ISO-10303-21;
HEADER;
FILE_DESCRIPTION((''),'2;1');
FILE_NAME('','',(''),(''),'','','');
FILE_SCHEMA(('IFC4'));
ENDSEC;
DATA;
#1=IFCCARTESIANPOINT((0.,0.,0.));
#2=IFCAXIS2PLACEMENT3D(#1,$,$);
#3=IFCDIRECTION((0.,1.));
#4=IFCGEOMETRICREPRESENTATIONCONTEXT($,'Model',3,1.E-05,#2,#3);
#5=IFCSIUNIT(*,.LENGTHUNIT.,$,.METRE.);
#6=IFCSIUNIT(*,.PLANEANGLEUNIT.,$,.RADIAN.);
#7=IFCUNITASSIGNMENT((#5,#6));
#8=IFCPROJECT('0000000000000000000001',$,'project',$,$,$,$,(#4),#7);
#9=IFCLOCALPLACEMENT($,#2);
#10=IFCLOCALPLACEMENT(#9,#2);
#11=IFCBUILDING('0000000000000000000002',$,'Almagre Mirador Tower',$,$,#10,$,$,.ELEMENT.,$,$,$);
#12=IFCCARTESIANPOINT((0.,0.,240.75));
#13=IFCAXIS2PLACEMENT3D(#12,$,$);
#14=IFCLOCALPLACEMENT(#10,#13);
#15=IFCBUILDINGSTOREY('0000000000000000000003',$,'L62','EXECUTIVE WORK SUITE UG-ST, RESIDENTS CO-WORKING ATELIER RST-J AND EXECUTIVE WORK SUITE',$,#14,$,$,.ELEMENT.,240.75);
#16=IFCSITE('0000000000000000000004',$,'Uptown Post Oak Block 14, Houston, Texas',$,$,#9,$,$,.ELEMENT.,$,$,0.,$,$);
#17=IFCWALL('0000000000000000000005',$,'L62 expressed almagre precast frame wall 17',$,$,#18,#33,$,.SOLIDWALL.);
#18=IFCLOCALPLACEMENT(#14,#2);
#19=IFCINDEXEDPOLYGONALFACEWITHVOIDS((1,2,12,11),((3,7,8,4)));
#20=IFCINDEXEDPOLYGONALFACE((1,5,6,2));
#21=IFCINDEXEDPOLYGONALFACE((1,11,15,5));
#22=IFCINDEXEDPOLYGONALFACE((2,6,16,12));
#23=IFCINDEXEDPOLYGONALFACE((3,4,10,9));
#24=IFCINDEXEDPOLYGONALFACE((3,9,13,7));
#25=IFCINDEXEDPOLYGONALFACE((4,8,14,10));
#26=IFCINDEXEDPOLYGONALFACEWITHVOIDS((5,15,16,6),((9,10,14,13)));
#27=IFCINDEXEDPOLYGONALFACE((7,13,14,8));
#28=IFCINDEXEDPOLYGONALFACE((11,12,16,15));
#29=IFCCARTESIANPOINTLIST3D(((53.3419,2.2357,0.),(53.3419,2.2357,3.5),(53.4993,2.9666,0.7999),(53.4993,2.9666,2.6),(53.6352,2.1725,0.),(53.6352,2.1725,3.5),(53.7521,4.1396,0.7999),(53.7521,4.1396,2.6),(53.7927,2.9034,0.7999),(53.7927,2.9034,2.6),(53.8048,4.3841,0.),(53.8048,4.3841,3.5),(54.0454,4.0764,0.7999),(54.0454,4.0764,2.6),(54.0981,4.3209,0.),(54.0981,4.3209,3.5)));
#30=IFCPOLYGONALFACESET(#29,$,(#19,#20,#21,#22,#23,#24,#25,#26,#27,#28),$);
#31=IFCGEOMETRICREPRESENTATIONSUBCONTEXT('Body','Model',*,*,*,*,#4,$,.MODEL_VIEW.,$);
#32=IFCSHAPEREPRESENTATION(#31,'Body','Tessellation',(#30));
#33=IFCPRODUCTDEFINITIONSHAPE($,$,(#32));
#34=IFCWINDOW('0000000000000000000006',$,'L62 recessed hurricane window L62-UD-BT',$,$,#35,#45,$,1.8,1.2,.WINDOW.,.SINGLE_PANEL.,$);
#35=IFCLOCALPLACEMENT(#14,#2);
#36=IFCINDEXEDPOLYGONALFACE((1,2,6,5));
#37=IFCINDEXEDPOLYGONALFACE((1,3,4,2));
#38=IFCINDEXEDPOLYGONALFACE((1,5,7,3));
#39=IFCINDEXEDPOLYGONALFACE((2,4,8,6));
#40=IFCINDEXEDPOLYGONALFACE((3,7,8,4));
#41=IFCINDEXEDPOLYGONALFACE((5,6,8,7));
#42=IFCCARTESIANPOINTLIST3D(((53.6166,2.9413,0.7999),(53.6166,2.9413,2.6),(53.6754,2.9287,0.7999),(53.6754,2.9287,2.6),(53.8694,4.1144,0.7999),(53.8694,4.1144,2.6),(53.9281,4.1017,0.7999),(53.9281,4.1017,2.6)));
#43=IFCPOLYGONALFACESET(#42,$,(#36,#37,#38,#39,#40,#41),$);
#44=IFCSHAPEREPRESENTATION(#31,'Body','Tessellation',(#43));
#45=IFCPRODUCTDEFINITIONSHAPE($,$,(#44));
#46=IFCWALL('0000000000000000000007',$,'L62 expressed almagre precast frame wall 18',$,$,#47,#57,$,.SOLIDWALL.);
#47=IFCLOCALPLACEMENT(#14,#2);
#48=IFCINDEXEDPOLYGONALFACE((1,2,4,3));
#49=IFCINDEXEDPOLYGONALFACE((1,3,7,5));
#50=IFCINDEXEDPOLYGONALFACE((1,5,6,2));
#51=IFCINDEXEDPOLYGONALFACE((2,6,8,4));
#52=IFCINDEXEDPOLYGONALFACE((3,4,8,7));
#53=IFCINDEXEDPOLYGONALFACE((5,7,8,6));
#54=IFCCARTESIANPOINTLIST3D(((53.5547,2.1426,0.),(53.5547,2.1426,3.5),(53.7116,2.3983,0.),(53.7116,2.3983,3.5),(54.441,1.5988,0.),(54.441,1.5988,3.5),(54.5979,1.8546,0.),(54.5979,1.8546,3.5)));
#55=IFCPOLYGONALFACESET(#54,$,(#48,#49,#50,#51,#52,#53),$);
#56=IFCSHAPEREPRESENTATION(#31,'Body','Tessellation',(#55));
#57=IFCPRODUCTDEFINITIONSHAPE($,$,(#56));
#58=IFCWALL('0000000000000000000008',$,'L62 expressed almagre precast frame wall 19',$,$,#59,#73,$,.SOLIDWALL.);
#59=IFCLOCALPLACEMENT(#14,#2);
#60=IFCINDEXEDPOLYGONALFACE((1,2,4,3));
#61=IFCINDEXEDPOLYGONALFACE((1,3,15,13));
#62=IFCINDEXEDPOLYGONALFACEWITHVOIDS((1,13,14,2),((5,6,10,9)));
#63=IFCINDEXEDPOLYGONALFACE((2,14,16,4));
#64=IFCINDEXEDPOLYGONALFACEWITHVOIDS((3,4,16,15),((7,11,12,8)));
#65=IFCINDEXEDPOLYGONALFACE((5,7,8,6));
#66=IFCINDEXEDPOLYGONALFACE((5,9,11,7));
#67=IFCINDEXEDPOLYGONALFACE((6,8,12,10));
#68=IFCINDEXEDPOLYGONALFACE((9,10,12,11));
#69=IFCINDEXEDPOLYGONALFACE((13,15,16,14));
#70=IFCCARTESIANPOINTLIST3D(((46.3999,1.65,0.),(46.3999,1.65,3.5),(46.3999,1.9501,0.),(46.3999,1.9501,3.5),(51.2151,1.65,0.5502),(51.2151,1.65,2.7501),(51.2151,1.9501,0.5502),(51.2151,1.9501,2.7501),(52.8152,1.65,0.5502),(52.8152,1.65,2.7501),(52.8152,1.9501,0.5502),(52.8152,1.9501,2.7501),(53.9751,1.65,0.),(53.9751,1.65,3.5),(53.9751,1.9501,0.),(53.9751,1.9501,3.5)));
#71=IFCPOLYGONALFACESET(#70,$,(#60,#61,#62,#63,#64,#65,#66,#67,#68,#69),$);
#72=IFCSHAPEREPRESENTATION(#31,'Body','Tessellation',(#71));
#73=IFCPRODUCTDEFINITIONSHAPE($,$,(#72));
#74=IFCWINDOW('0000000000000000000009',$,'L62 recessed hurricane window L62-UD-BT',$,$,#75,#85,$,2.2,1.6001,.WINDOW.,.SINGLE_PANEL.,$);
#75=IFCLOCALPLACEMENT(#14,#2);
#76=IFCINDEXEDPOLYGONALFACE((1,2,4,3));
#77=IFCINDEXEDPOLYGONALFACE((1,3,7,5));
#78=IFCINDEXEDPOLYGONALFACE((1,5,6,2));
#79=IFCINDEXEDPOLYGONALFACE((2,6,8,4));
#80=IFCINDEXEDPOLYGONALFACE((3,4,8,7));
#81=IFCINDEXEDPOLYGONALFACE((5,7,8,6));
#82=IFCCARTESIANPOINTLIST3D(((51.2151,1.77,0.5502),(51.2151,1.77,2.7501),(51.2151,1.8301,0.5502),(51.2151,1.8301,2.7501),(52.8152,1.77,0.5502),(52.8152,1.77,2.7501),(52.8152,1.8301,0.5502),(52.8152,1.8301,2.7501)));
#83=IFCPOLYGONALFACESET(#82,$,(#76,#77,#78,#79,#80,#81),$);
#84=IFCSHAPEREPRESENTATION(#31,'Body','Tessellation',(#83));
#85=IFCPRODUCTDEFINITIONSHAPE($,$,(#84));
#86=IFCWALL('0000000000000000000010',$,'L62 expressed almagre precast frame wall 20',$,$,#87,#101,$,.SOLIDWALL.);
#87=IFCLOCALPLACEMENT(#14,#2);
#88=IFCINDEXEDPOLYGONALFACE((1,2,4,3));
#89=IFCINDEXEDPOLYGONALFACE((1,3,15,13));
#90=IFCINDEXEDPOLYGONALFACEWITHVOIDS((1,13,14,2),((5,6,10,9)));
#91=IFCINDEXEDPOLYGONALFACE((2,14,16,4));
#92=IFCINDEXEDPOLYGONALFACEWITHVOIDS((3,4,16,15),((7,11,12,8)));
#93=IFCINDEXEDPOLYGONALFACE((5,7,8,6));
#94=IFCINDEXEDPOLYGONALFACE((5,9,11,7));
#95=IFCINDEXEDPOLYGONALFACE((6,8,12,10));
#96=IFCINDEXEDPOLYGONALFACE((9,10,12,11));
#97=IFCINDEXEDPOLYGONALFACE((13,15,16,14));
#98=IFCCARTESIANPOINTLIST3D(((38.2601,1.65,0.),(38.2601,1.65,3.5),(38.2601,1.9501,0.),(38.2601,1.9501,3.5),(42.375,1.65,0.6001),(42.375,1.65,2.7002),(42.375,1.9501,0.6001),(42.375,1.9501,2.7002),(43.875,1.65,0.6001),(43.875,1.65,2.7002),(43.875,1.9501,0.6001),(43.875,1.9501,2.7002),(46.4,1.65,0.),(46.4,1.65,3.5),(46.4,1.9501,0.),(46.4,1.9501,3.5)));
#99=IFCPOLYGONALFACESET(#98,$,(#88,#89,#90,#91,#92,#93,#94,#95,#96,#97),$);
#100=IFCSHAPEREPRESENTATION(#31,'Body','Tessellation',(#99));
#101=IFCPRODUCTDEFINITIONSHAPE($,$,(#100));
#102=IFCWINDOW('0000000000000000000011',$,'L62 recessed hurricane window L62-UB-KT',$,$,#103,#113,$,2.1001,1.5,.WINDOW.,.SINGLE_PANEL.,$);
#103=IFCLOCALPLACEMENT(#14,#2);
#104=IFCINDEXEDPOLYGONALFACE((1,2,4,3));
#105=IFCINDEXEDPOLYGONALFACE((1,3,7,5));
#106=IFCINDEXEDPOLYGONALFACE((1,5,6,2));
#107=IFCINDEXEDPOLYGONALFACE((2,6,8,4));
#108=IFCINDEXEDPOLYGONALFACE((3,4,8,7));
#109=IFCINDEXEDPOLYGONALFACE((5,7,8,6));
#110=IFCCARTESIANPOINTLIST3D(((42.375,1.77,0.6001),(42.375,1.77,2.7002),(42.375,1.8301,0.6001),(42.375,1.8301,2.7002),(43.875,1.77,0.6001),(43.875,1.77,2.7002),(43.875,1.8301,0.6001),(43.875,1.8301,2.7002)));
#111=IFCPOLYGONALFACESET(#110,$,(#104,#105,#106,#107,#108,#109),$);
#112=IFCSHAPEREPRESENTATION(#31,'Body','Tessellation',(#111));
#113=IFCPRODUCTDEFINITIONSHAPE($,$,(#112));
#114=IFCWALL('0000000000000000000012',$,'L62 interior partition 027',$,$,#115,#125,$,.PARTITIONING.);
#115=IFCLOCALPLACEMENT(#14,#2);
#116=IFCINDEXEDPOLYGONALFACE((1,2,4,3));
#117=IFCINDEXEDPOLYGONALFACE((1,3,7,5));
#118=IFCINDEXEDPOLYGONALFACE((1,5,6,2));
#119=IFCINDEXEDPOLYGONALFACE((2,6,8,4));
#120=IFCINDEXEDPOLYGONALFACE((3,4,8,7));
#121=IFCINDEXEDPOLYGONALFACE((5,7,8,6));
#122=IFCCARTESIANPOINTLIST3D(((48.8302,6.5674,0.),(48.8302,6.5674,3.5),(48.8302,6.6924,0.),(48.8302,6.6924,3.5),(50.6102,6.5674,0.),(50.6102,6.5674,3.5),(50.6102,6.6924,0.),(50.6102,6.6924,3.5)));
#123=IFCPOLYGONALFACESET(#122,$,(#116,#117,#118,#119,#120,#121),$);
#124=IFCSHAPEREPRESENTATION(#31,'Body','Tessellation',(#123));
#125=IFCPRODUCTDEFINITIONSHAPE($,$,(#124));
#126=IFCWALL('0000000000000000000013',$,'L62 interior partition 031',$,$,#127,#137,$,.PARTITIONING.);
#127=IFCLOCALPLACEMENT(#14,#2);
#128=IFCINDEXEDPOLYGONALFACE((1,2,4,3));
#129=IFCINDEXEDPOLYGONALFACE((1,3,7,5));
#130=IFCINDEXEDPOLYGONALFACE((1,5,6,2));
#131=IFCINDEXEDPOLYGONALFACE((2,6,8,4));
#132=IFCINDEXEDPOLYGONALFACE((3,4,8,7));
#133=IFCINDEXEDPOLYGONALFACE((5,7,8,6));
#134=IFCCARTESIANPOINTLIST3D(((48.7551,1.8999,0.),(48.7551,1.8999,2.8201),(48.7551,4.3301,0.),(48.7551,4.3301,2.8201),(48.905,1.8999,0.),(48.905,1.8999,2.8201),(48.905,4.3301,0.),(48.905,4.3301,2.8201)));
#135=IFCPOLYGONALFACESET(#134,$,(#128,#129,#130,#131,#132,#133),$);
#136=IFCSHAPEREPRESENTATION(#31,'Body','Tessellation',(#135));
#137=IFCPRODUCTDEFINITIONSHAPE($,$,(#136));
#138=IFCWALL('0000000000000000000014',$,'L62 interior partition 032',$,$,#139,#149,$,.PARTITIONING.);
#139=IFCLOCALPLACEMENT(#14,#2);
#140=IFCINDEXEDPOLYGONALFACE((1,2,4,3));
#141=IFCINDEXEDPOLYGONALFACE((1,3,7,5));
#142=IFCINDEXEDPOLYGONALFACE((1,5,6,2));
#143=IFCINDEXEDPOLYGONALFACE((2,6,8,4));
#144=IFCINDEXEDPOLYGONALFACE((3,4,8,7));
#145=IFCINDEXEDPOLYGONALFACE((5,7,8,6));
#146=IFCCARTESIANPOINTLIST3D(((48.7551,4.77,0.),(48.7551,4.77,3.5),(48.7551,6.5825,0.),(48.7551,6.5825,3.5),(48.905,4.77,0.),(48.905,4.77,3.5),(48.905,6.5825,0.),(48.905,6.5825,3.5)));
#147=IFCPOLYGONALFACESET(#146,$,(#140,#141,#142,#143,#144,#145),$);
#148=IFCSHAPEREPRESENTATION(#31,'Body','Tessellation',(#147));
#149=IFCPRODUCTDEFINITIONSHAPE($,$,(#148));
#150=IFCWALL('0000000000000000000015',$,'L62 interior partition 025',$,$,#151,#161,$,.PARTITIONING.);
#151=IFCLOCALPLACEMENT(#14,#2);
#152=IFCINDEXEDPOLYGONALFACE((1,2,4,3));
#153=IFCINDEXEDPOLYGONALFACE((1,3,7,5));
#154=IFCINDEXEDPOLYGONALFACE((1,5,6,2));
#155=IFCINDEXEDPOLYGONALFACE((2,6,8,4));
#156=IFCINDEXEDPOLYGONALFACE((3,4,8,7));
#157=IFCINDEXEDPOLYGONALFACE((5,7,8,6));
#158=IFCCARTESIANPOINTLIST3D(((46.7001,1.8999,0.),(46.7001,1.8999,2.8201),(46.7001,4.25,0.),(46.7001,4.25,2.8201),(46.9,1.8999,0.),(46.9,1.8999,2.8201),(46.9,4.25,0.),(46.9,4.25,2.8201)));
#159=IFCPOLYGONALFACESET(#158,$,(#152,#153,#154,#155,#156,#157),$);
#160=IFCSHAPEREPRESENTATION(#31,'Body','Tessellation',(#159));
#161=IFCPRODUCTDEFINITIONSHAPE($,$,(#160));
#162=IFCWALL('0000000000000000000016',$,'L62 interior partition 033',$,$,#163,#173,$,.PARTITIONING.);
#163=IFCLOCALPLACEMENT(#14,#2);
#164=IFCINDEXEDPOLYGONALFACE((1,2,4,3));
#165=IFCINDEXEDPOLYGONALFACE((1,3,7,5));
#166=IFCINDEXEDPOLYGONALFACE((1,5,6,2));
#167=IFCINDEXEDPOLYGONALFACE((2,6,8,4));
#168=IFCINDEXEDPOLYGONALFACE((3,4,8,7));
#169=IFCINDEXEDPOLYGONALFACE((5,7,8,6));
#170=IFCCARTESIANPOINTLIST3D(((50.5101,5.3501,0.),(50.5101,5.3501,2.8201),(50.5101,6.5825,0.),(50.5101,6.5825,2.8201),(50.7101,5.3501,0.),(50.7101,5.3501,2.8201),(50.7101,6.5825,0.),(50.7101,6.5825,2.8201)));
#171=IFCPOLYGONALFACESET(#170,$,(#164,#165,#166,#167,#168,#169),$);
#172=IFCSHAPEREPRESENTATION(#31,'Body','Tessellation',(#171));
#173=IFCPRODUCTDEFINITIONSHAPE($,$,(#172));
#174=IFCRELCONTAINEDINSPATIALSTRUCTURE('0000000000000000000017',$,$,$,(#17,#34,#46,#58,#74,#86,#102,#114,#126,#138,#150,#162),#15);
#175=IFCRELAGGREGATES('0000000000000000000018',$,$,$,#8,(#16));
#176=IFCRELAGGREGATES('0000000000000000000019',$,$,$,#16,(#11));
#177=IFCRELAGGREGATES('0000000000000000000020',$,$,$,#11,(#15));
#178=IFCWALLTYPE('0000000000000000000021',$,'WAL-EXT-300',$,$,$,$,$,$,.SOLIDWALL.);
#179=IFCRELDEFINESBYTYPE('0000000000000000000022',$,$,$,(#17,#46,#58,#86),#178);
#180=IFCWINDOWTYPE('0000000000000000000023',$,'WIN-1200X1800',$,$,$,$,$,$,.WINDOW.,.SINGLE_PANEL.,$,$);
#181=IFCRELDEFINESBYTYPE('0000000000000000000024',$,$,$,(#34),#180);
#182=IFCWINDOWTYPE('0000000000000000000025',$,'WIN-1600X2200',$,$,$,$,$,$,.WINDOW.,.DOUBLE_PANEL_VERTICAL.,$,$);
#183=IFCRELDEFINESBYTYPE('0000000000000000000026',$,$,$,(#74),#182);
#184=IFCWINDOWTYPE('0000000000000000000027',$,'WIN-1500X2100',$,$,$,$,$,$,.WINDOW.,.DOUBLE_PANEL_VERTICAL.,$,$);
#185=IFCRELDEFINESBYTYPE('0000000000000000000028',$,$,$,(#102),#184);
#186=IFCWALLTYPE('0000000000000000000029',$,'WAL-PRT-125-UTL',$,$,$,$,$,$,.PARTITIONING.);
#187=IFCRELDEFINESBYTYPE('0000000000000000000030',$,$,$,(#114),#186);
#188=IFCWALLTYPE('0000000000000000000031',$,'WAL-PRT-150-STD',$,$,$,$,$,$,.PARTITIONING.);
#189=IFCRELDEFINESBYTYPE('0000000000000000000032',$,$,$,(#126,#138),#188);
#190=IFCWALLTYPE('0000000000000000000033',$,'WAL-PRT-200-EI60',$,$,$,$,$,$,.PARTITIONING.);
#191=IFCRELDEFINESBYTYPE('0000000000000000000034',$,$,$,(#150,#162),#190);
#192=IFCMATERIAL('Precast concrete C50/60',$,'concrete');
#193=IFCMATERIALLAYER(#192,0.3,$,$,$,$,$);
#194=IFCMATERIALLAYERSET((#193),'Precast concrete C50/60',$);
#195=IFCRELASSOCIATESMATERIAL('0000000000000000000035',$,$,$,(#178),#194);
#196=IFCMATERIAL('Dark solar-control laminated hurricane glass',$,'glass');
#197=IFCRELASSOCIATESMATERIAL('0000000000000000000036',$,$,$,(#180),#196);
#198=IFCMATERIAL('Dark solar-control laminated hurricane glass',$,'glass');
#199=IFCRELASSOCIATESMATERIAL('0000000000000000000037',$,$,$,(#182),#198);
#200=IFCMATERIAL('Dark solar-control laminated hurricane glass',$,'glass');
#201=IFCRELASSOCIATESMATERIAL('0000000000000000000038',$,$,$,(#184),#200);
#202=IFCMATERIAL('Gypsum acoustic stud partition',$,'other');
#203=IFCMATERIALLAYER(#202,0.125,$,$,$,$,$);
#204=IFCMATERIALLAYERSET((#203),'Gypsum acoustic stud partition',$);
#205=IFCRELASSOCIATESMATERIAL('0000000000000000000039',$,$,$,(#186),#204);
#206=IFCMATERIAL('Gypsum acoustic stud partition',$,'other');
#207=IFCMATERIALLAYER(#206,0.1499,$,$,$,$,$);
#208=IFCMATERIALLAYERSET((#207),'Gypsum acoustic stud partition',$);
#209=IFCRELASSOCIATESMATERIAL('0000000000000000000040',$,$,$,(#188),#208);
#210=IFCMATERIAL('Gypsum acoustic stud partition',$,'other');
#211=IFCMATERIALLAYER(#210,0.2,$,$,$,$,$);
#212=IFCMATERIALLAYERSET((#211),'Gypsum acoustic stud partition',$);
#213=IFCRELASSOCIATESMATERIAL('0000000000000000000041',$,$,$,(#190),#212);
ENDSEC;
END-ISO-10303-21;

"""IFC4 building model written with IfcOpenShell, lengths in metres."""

from ifc_helpers import new_model, si_unit, direction, frame, frame_2d, origin, place, context, subcontext, project, spatial, rectangle, extrude, material, layer, layer_set, type_object, element, fill, save


model = new_model("IFC4")

# Units and contexts
model_context = context("Model", 3, precision=1e-05, world=origin(), true_north=direction((0.0, 1.0)))
body_context = subcontext(model_context, "Body", "Model", "MODEL_VIEW")
ifc_project = project(units=[si_unit("LENGTHUNIT", "METRE"), si_unit("PLANEANGLEUNIT", "RADIAN")], contexts=[model_context])

# Site, building, storey
site_placement = place(None, origin())
site = spatial("IfcSite", under=ifc_project, at=site_placement, Name="Uptown Post Oak Block 14, Houston, Texas", CompositionType="ELEMENT", RefElevation=0.0)
building_placement = place(site_placement, origin())
building = spatial("IfcBuilding", under=site, at=building_placement, Name="Almagre Mirador Tower", CompositionType="ELEMENT")
storey_placement = place(building_placement, frame((0.0, 0.0, 240.75)))
storey = spatial("IfcBuildingStorey", under=building, at=storey_placement, Name="L62", Description="EXECUTIVE WORK SUITE UG-ST, RESIDENTS CO-WORKING ATELIER RST-J AND EXECUTIVE WORK SUITE", CompositionType="ELEMENT", Elevation=240.75)

# Shared definitions
ifc_material_1 = material(Name="Precast concrete C50/60", Category="concrete")
ifc_layer_1 = layer(ifc_material_1, 0.3)
ifc_layer_set_1 = layer_set([ifc_layer_1], Name="Precast concrete C50/60")
wall_type_1 = type_object("IfcWallType", Name="WAL-EXT-300", PredefinedType="SOLIDWALL", material=ifc_layer_set_1)

# Wall, opening, window
ifc_material_2 = material(Name="Dark solar-control laminated hurricane glass", Category="glass")
window_type_1 = type_object("IfcWindowType", Name="WIN-1200X1800", PartitioningType="SINGLE_PANEL", PredefinedType="WINDOW", material=ifc_material_2)
wall_1_placement = place(storey_placement, frame((53.9514, 4.3525, 0.0), z_axis=(0.0, 0.0, 1.0), x_axis=(-0.210621, -0.977568, 0.0)))
wall_1 = element("IfcWall", 1, at=wall_1_placement, inside=storey, type_object=wall_type_1, Name="L62 expressed almagre precast frame wall 17", PredefinedType="SOLIDWALL", context=body_context, shape_type="SweptSolid", body=[
    extrude(rectangle(XDim=2.1978, YDim=0.3, at=frame_2d((1.0989, 0.0))), origin(), (0.0, 0.0, 1.0), 3.5),
])
opening_1_placement = place(wall_1_placement, frame((0.25, 0.0, 0.8)))
opening_1 = element("IfcOpeningElement", 2, at=opening_1_placement, cuts=wall_1, PredefinedType="OPENING", context=body_context, shape_type="SweptSolid", body=[
    extrude(rectangle(XDim=1.2, YDim=1.8, at=frame_2d((0.6001, 0.8999))), frame((0.0, 0.1599, 0.0), z_axis=(0.0, -1.0, 0.0), x_axis=(1.0, 0.0, 0.0)), (0.0, 0.0, 1.0), 0.32),
])
window_1_placement = place(opening_1_placement, origin())
window_1 = element("IfcWindow", 3, at=window_1_placement, inside=storey, type_object=window_type_1, Name="L62 recessed hurricane window L62-UD-BT", OverallHeight=1.8, OverallWidth=1.2, PartitioningType="SINGLE_PANEL", PredefinedType="WINDOW", context=body_context, shape_type="SweptSolid", body=[
    extrude(rectangle(XDim=1.2, YDim=1.8, at=frame_2d((0.6001, 0.8999))), frame((0.0, 0.03, 0.0), z_axis=(0.0, -1.0, 0.0), x_axis=(1.0, 0.0, 0.0)), (0.0, 0.0, 1.0), 0.0601),
])
fill(opening_1, window_1)

# Wall
wall_2_placement = place(storey_placement, frame((53.6331, 2.2705, 0.0), z_axis=(0.0, 0.0, 1.0), x_axis=(0.852375, -0.522931, 0.0)))
element("IfcWall", 4, at=wall_2_placement, inside=storey, type_object=wall_type_1, Name="L62 expressed almagre precast frame wall 18", PredefinedType="SOLIDWALL", context=body_context, shape_type="SweptSolid", body=[
    extrude(rectangle(XDim=1.0398, YDim=0.3, at=frame_2d((0.52, 0.0))), origin(), (0.0, 0.0, 1.0), 3.5),
])

# Walls, openings, windows
wall_3_placement = place(storey_placement, frame((53.9751, 1.8, 0.0), z_axis=(0.0, 0.0, 1.0), x_axis=(-1.0, 0.0, 0.0)))
wall_3 = element("IfcWall", 5, at=wall_3_placement, inside=storey, type_object=wall_type_1, Name="L62 expressed almagre precast frame wall 19", PredefinedType="SOLIDWALL", context=body_context, shape_type="SweptSolid", body=[
    extrude(rectangle(XDim=7.5752, YDim=0.3, at=frame_2d((3.7876, 0.0))), origin(), (0.0, 0.0, 1.0), 3.5),
])
opening_2_placement = place(wall_3_placement, frame((1.1599, 0.0, 0.55)))
opening_2 = element("IfcOpeningElement", 6, at=opening_2_placement, cuts=wall_3, PredefinedType="OPENING", context=body_context, shape_type="SweptSolid", body=[
    extrude(rectangle(XDim=1.6001, YDim=2.2, at=frame_2d((0.8, 1.1001))), frame((0.0, 0.1599, 0.0), z_axis=(0.0, -1.0, 0.0), x_axis=(1.0, 0.0, 0.0)), (0.0, 0.0, 1.0), 0.32),
])
ifc_material_3 = material(Name="Dark solar-control laminated hurricane glass", Category="glass")
window_type_2 = type_object("IfcWindowType", Name="WIN-1600X2200", PartitioningType="DOUBLE_PANEL_VERTICAL", PredefinedType="WINDOW", material=ifc_material_3)
window_2_placement = place(opening_2_placement, origin())
window_2 = element("IfcWindow", 7, at=window_2_placement, inside=storey, type_object=window_type_2, Name="L62 recessed hurricane window L62-UD-BT", OverallHeight=2.2, OverallWidth=1.6001, PartitioningType="SINGLE_PANEL", PredefinedType="WINDOW", context=body_context, shape_type="SweptSolid", body=[
    extrude(rectangle(XDim=1.6001, YDim=2.2, at=frame_2d((0.8, 1.1001))), frame((0.0, 0.03, 0.0), z_axis=(0.0, -1.0, 0.0), x_axis=(1.0, 0.0, 0.0)), (0.0, 0.0, 1.0), 0.0601),
])
fill(opening_2, window_2)
wall_4_placement = place(storey_placement, frame((46.3999, 1.8, 0.0), z_axis=(0.0, 0.0, 1.0), x_axis=(-1.0, 0.0, 0.0)))
wall_4 = element("IfcWall", 8, at=wall_4_placement, inside=storey, type_object=wall_type_1, Name="L62 expressed almagre precast frame wall 20", PredefinedType="SOLIDWALL", context=body_context, shape_type="SweptSolid", body=[
    extrude(rectangle(XDim=8.1399, YDim=0.3, at=frame_2d((4.0698, 0.0))), origin(), (0.0, 0.0, 1.0), 3.5),
])
opening_3_placement = place(wall_4_placement, frame((2.5249, 0.0, 0.6001)))
opening_3 = element("IfcOpeningElement", 9, at=opening_3_placement, cuts=wall_4, PredefinedType="OPENING", context=body_context, shape_type="SweptSolid", body=[
    extrude(rectangle(XDim=1.5, YDim=2.1001, at=frame_2d((0.75, 1.05))), frame((0.0, 0.1599, 0.0), z_axis=(0.0, -1.0, 0.0), x_axis=(1.0, 0.0, 0.0)), (0.0, 0.0, 1.0), 0.32),
])
ifc_material_4 = material(Name="Dark solar-control laminated hurricane glass", Category="glass")
window_type_3 = type_object("IfcWindowType", Name="WIN-1500X2100", PartitioningType="DOUBLE_PANEL_VERTICAL", PredefinedType="WINDOW", material=ifc_material_4)
window_3_placement = place(opening_3_placement, origin())
window_3 = element("IfcWindow", 10, at=window_3_placement, inside=storey, type_object=window_type_3, Name="L62 recessed hurricane window L62-UB-KT", OverallHeight=2.1001, OverallWidth=1.5, PartitioningType="SINGLE_PANEL", PredefinedType="WINDOW", context=body_context, shape_type="SweptSolid", body=[
    extrude(rectangle(XDim=1.5, YDim=2.1001, at=frame_2d((0.75, 1.05))), frame((0.0, 0.03, 0.0), z_axis=(0.0, -1.0, 0.0), x_axis=(1.0, 0.0, 0.0)), (0.0, 0.0, 1.0), 0.0601),
])
fill(opening_3, window_3)

# Walls
ifc_material_5 = material(Name="Gypsum acoustic stud partition", Category="other")
ifc_layer_2 = layer(ifc_material_5, 0.125)
ifc_layer_set_2 = layer_set([ifc_layer_2], Name="Gypsum acoustic stud partition")
wall_type_2 = type_object("IfcWallType", Name="WAL-PRT-125-UTL", PredefinedType="PARTITIONING", material=ifc_layer_set_2)
wall_5_placement = place(storey_placement, frame((48.8301, 6.6299, 0.0), z_axis=(0.0, 0.0, 1.0), x_axis=(1.0, 0.0, 0.0)))
element("IfcWall", 11, at=wall_5_placement, inside=storey, type_object=wall_type_2, Name="L62 interior partition 027", PredefinedType="PARTITIONING", context=body_context, shape_type="SweptSolid", body=[
    extrude(rectangle(XDim=1.78, YDim=0.125, at=frame_2d((0.8901, 0.0))), origin(), (0.0, 0.0, 1.0), 3.5),
])
ifc_material_6 = material(Name="Gypsum acoustic stud partition", Category="other")
ifc_layer_3 = layer(ifc_material_6, 0.1499)
ifc_layer_set_3 = layer_set([ifc_layer_3], Name="Gypsum acoustic stud partition")
wall_type_3 = type_object("IfcWallType", Name="WAL-PRT-150-STD", PredefinedType="PARTITIONING", material=ifc_layer_set_3)
wall_6_placement = place(storey_placement, frame((48.8301, 1.8999, 0.0), z_axis=(0.0, 0.0, 1.0), x_axis=(0.0, 1.0, 0.0)))
element("IfcWall", 12, at=wall_6_placement, inside=storey, type_object=wall_type_3, Name="L62 interior partition 031", PredefinedType="PARTITIONING", context=body_context, shape_type="SweptSolid", body=[
    extrude(rectangle(XDim=2.4302, YDim=0.1499, at=frame_2d((1.2151, 0.0))), origin(), (0.0, 0.0, 1.0), 2.8201),
])
wall_7_placement = place(storey_placement, frame((48.8301, 4.77, 0.0), z_axis=(0.0, 0.0, 1.0), x_axis=(0.0, 1.0, 0.0)))
element("IfcWall", 13, at=wall_7_placement, inside=storey, type_object=wall_type_3, Name="L62 interior partition 032", PredefinedType="PARTITIONING", context=body_context, shape_type="SweptSolid", body=[
    extrude(rectangle(XDim=1.8125, YDim=0.1499, at=frame_2d((0.9062, 0.0))), origin(), (0.0, 0.0, 1.0), 3.5),
])
ifc_material_7 = material(Name="Gypsum acoustic stud partition", Category="other")
ifc_layer_4 = layer(ifc_material_7, 0.2)
ifc_layer_set_4 = layer_set([ifc_layer_4], Name="Gypsum acoustic stud partition")
wall_type_4 = type_object("IfcWallType", Name="WAL-PRT-200-EI60", PredefinedType="PARTITIONING", material=ifc_layer_set_4)
wall_8_placement = place(storey_placement, frame((46.8, 1.8999, 0.0), z_axis=(0.0, 0.0, 1.0), x_axis=(0.0, 1.0, 0.0)))
element("IfcWall", 14, at=wall_8_placement, inside=storey, type_object=wall_type_4, Name="L62 interior partition 025", PredefinedType="PARTITIONING", context=body_context, shape_type="SweptSolid", body=[
    extrude(rectangle(XDim=2.3501, YDim=0.2, at=frame_2d((1.175, 0.0))), origin(), (0.0, 0.0, 1.0), 2.8201),
])
wall_9_placement = place(storey_placement, frame((50.6101, 5.3501, 0.0), z_axis=(0.0, 0.0, 1.0), x_axis=(0.0, 1.0, 0.0)))
element("IfcWall", 15, at=wall_9_placement, inside=storey, type_object=wall_type_4, Name="L62 interior partition 033", PredefinedType="PARTITIONING", context=body_context, shape_type="SweptSolid", body=[
    extrude(rectangle(XDim=1.2324, YDim=0.2, at=frame_2d((0.6162, 0.0))), origin(), (0.0, 0.0, 1.0), 2.8201),
])

save(model, "model.ifc")
